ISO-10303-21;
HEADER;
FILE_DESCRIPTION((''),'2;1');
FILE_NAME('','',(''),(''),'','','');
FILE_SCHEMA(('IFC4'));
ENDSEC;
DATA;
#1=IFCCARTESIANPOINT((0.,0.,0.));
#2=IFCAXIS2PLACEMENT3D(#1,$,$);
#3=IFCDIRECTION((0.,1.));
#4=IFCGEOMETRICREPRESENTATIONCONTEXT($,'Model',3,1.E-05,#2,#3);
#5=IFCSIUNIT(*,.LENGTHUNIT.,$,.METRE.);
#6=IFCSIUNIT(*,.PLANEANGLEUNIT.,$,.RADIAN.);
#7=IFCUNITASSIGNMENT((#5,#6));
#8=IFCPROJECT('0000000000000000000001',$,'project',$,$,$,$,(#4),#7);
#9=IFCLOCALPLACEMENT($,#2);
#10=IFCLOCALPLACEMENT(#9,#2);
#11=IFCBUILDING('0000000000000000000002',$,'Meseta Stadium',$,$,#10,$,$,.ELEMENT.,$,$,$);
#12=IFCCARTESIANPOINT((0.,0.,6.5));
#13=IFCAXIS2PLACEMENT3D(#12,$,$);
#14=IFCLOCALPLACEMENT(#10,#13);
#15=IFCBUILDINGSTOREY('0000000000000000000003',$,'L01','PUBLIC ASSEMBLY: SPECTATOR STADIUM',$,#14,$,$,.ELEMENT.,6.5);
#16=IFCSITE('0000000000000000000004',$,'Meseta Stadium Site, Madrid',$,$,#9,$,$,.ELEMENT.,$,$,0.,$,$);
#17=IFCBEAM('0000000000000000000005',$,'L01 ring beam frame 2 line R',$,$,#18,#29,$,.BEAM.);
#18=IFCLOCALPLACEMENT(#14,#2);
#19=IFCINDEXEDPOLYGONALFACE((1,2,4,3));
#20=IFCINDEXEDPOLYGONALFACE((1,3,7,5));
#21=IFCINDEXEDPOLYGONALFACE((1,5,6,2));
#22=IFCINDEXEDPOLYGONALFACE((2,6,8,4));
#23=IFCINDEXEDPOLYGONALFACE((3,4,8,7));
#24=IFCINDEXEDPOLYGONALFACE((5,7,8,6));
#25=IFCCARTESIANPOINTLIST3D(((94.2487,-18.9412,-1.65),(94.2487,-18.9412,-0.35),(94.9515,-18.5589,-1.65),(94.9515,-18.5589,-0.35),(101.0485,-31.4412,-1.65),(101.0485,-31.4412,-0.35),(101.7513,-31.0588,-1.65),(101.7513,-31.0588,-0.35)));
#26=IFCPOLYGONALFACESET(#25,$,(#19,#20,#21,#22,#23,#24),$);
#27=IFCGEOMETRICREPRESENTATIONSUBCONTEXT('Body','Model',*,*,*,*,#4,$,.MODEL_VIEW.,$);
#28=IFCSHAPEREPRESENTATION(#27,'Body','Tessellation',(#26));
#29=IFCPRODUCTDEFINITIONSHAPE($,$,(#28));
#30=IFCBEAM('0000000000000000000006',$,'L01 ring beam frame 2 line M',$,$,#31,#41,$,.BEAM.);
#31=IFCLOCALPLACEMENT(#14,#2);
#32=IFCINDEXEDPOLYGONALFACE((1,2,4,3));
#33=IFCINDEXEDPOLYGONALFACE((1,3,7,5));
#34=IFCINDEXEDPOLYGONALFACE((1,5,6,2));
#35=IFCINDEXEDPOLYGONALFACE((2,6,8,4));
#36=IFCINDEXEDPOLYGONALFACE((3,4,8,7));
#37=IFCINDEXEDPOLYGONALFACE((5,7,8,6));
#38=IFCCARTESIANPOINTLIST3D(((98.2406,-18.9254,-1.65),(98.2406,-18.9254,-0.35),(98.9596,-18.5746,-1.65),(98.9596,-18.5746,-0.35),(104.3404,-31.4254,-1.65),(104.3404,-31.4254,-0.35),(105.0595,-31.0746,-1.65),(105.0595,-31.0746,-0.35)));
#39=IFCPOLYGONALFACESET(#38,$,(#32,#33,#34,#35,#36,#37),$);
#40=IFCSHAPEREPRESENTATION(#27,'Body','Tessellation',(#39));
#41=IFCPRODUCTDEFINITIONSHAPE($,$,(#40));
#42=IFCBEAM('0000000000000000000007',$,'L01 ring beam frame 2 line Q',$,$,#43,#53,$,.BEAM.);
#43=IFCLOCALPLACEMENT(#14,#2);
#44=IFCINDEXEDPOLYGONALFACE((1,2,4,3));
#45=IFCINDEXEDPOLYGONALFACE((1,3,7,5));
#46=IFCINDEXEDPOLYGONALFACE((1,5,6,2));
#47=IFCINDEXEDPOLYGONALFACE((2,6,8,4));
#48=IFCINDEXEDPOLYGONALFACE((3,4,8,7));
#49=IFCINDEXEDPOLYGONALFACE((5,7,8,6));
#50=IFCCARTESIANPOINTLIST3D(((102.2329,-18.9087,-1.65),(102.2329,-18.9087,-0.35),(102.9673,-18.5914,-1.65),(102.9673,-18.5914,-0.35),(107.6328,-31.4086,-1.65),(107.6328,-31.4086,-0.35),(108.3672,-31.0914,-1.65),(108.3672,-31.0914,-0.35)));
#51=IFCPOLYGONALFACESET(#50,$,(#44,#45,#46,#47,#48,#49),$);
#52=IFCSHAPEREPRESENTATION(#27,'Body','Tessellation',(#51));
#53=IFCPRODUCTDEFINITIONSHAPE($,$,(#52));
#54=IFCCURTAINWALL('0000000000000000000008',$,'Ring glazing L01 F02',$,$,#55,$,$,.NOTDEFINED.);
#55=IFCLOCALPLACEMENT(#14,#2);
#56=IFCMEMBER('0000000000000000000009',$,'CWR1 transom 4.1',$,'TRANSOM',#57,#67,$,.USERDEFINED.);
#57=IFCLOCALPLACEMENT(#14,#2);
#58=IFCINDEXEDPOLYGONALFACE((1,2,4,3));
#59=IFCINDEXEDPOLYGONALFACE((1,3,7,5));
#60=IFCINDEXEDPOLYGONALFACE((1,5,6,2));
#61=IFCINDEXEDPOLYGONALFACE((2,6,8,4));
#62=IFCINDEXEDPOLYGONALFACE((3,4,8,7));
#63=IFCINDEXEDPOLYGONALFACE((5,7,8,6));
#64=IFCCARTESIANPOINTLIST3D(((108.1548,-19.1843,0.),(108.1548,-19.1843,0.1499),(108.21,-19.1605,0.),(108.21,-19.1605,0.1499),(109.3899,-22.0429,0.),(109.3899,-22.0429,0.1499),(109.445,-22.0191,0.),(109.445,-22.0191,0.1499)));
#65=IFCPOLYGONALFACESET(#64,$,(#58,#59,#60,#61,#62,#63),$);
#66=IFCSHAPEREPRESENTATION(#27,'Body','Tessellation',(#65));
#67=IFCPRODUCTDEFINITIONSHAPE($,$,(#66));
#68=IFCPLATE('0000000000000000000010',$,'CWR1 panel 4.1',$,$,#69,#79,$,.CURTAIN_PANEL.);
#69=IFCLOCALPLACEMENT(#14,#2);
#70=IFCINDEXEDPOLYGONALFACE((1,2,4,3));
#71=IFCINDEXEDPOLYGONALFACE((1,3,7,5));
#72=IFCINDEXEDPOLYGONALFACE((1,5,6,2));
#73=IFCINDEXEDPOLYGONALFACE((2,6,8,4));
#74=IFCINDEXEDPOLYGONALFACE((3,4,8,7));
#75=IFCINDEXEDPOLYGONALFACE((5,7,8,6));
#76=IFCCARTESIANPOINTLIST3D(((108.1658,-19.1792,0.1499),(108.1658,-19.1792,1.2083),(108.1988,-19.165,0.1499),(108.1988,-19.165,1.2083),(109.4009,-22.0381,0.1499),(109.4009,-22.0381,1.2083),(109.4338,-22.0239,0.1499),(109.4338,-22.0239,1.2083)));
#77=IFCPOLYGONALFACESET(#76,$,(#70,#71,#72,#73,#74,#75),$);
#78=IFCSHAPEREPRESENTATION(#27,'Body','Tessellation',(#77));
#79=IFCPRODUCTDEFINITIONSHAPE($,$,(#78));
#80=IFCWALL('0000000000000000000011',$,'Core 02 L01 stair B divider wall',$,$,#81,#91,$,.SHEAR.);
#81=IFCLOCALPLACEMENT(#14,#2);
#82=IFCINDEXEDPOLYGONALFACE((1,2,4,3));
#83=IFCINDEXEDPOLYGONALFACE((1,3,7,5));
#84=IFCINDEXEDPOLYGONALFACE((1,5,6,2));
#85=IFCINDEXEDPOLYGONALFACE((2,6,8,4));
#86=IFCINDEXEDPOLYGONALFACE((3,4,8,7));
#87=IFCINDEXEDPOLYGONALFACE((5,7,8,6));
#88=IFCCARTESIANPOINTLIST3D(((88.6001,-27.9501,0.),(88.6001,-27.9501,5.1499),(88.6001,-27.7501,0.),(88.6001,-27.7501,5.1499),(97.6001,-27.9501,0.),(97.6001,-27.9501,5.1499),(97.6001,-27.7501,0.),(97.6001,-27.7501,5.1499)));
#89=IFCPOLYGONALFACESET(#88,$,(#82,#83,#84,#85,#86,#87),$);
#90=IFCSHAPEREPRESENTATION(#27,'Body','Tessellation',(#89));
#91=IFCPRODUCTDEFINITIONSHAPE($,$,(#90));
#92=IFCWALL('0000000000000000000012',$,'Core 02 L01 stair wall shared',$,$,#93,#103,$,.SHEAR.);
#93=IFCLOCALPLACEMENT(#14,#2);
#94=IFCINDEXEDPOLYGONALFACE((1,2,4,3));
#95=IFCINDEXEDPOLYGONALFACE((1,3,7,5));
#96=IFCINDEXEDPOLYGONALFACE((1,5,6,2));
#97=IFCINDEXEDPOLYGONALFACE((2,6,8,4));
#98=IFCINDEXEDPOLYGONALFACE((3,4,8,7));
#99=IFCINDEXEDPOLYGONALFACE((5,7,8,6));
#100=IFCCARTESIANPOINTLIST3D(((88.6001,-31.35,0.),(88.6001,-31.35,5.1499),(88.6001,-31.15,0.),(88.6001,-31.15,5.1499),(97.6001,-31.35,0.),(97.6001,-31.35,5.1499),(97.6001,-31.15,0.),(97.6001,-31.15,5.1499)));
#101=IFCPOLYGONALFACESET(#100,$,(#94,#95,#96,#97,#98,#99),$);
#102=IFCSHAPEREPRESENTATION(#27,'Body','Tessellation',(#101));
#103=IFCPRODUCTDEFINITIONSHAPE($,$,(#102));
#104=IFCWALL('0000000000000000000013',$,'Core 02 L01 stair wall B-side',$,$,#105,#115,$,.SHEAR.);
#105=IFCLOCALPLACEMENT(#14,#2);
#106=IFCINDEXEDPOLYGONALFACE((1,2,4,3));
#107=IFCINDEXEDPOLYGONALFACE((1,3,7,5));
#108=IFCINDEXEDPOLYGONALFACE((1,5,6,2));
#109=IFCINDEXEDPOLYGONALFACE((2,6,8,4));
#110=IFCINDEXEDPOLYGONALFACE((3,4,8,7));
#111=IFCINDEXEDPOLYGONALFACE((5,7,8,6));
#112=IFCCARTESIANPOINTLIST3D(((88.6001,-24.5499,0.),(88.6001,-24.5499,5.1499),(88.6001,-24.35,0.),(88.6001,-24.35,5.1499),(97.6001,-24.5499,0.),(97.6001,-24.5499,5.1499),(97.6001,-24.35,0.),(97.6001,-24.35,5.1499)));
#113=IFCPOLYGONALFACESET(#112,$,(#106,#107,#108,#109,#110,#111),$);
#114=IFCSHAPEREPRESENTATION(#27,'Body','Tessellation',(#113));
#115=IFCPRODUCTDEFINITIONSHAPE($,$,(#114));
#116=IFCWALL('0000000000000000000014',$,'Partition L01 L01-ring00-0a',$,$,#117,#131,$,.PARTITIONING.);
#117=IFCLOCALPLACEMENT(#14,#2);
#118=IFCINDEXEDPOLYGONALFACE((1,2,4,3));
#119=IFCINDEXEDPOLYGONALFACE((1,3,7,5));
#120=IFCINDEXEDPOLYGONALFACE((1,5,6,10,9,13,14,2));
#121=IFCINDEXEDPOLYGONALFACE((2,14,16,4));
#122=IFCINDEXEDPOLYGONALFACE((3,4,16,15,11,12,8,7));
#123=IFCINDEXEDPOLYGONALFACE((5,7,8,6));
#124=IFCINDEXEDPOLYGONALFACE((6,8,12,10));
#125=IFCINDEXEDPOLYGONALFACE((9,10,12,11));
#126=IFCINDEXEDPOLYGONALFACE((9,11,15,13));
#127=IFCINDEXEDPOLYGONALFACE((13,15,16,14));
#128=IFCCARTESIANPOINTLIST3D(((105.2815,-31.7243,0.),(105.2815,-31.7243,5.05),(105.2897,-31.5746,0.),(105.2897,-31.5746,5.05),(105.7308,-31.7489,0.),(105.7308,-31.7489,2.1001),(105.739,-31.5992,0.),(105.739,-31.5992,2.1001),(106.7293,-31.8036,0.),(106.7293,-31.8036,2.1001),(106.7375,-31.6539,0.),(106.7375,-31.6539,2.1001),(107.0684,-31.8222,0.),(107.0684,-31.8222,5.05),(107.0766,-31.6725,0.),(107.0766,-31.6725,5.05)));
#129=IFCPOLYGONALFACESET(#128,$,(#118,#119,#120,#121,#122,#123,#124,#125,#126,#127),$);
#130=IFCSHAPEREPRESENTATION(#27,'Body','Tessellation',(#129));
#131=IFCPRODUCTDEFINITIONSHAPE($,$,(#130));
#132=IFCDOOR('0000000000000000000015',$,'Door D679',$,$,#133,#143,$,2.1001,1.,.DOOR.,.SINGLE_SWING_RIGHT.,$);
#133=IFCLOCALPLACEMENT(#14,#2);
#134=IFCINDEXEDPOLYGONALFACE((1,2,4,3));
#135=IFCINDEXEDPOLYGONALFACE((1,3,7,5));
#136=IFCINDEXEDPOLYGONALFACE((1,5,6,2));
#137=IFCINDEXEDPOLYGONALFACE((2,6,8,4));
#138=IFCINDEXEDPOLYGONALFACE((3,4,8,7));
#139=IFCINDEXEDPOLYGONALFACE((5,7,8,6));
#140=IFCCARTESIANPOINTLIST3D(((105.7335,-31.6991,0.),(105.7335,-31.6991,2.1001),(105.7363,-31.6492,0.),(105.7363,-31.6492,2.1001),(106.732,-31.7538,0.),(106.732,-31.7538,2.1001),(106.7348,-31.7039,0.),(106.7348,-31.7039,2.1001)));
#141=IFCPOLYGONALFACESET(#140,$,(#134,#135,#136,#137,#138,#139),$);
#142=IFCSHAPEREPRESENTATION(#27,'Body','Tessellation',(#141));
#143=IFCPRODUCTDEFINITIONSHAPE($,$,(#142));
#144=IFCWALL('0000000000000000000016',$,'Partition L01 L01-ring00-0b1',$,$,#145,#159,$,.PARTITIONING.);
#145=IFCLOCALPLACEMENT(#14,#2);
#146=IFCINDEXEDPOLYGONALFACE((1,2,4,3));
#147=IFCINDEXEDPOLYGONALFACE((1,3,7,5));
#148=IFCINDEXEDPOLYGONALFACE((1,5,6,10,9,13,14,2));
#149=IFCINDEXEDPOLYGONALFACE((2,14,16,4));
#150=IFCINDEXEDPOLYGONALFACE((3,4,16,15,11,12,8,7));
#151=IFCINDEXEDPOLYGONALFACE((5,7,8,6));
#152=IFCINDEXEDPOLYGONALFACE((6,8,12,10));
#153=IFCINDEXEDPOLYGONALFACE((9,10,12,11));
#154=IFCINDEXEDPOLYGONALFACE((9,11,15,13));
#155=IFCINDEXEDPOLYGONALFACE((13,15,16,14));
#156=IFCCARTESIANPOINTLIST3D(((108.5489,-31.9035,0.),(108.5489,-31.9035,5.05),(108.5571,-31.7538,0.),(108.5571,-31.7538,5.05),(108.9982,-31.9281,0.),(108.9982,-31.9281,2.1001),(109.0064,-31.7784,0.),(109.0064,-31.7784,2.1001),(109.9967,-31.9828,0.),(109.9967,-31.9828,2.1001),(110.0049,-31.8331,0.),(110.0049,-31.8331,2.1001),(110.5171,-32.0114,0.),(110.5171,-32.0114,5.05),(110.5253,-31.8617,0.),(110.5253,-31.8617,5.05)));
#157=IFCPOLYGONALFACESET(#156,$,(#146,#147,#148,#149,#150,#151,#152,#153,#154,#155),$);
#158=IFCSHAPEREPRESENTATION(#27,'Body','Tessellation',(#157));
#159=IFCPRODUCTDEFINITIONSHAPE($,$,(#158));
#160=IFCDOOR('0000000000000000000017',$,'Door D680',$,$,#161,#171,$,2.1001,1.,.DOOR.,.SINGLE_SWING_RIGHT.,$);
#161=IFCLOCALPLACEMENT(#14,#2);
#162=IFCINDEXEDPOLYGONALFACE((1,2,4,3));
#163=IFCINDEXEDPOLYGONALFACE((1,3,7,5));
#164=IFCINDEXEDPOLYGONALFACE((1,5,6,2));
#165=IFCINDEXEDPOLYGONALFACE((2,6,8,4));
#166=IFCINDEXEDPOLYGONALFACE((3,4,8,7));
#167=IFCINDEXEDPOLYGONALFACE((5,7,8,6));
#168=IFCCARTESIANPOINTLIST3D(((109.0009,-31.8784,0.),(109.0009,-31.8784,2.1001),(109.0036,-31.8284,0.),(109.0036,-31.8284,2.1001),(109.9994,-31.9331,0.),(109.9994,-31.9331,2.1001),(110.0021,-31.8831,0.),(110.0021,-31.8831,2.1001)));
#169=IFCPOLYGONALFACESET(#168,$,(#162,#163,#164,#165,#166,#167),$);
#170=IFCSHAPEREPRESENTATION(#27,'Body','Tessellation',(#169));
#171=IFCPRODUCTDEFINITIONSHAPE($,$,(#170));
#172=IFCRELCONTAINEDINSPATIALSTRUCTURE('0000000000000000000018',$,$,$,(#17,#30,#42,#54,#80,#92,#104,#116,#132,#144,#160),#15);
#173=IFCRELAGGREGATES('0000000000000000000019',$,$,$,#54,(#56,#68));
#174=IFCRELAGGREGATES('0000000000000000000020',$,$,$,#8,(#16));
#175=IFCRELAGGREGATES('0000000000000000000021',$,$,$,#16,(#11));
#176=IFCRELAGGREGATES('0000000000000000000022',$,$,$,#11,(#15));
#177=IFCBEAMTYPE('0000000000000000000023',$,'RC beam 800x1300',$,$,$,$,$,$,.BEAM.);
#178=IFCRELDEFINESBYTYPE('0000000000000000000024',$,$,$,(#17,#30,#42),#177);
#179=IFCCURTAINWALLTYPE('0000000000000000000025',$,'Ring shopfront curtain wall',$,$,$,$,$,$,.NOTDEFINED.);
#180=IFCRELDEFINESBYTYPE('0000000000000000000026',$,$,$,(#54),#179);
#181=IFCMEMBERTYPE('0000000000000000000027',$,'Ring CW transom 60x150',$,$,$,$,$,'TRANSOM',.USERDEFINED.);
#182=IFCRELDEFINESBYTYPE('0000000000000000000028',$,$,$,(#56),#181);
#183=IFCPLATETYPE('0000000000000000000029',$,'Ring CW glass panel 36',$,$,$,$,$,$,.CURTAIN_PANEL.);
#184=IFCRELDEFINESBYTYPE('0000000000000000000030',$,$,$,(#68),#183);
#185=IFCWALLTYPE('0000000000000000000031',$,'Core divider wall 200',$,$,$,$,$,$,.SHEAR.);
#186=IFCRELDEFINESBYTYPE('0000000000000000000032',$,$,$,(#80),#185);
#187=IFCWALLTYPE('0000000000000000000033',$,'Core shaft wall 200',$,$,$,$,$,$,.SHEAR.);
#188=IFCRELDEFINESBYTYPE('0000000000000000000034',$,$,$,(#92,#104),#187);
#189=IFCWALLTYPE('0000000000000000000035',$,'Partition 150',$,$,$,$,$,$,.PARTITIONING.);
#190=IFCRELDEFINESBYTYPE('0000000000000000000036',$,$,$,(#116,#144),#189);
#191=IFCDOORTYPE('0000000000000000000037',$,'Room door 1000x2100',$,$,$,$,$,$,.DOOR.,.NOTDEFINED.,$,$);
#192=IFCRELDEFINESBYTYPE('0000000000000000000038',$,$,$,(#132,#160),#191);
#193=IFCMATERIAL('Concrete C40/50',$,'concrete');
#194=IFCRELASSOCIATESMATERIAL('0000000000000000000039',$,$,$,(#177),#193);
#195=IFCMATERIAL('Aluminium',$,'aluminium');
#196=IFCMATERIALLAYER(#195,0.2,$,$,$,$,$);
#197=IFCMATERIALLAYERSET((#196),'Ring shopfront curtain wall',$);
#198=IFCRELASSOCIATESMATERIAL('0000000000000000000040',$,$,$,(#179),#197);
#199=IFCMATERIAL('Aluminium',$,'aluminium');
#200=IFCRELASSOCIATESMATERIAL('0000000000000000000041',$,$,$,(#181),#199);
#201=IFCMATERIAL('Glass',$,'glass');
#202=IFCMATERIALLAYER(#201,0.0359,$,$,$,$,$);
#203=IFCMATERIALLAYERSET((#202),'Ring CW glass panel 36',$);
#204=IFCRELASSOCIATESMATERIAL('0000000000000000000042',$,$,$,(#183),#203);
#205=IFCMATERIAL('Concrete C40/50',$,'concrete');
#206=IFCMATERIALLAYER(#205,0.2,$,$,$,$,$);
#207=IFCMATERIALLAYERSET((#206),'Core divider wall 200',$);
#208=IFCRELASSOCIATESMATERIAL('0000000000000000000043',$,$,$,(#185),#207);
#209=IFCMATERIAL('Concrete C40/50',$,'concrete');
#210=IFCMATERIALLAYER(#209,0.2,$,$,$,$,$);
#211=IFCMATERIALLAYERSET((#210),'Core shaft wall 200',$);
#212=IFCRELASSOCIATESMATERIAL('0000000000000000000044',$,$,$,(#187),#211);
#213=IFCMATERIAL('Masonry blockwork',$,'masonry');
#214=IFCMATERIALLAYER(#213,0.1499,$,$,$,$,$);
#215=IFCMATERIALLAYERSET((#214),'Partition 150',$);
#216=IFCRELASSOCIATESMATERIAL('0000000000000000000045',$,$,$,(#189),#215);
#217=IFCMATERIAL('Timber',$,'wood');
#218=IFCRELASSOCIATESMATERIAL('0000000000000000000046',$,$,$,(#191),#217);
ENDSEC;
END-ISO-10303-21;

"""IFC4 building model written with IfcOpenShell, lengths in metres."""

from ifc_helpers import new_model, si_unit, direction, frame, frame_2d, origin, origin_2d, place, context, subcontext, project, spatial, rectangle, extrude, material, layer, layer_set, material_profile, profile_set, type_object, element, fill, aggregate, save


model = new_model("IFC4")

# Units and contexts
model_context = context("Model", 3, precision=1e-05, world=origin(), true_north=direction((0.0, 1.0)))
body_context = subcontext(model_context, "Body", "Model", "MODEL_VIEW")
ifc_project = project(units=[si_unit("LENGTHUNIT", "METRE"), si_unit("PLANEANGLEUNIT", "RADIAN")], contexts=[model_context])

# Site, building, storey
site_placement = place(None, origin())
site = spatial("IfcSite", under=ifc_project, at=site_placement, Name="Meseta Stadium Site, Madrid", CompositionType="ELEMENT", RefElevation=0.0)
building_placement = place(site_placement, origin())
building = spatial("IfcBuilding", under=site, at=building_placement, Name="Meseta Stadium", CompositionType="ELEMENT")
storey_placement = place(building_placement, frame((0.0, 0.0, 6.5)))
storey = spatial("IfcBuildingStorey", under=building, at=storey_placement, Name="L01", Description="PUBLIC ASSEMBLY: SPECTATOR STADIUM", CompositionType="ELEMENT", Elevation=6.5)

# Beams
ifc_material_1 = material(Name="Concrete C40/50", Category="concrete")
ifc_material_profile_1 = material_profile(ifc_material_1, rectangle(XDim=0.8, YDim=1.3, at=origin_2d()), Name="RC 800x1300")
ifc_profile_set_1 = profile_set([ifc_material_profile_1], Name="Concrete C40/50")
beam_type_1 = type_object("IfcBeamType", Name="RC beam 800x1300", PredefinedType="BEAM", material=ifc_profile_set_1)
beam_1_placement = place(storey_placement, frame((101.3999, -31.25, -1.0), z_axis=(-0.477856, 0.878438, 0.0), x_axis=(-0.878438, -0.477856, 0.0)))
element("IfcBeam", 1, at=beam_1_placement, inside=storey, type_object=beam_type_1, Name="L01 ring beam frame 2 line R", PredefinedType="BEAM", context=body_context, shape_type="SweptSolid", body=[
    extrude(rectangle(XDim=0.8, YDim=1.3, at=origin_2d()), origin(), (0.0, 0.0, 1.0), 14.2297),
])
beam_2_placement = place(storey_placement, frame((104.7, -31.25, -1.0), z_axis=(-0.438557, 0.898703, 0.0), x_axis=(-0.898703, -0.438557, 0.0)))
element("IfcBeam", 2, at=beam_2_placement, inside=storey, type_object=beam_type_1, Name="L01 ring beam frame 2 line M", PredefinedType="BEAM", context=body_context, shape_type="SweptSolid", body=[
    extrude(rectangle(XDim=0.8, YDim=1.3, at=origin_2d()), origin(), (0.0, 0.0, 1.0), 13.9089),
])
beam_3_placement = place(storey_placement, frame((108.0, -31.25, -1.0), z_axis=(-0.396571, 0.918004, 0.0), x_axis=(-0.918004, -0.396571, 0.0)))
element("IfcBeam", 3, at=beam_3_placement, inside=storey, type_object=beam_type_1, Name="L01 ring beam frame 2 line Q", PredefinedType="BEAM", context=body_context, shape_type="SweptSolid", body=[
    extrude(rectangle(XDim=0.8, YDim=1.3, at=origin_2d()), origin(), (0.0, 0.0, 1.0), 13.6165),
])

# Curtain wall, member, plate
ifc_material_2 = material(Name="Aluminium", Category="aluminium")
ifc_layer_1 = layer(ifc_material_2, 0.2)
ifc_layer_set_1 = layer_set([ifc_layer_1], Name="Ring shopfront curtain wall")
curtain_wall_type = type_object("IfcCurtainWallType", Name="Ring shopfront curtain wall", PredefinedType="NOTDEFINED", material=ifc_layer_set_1)
curtain_wall_placement = place(storey_placement, origin())
curtain_wall = element("IfcCurtainWall", 4, at=curtain_wall_placement, inside=storey, type_object=curtain_wall_type, Name="Ring glazing L01 F02", PredefinedType="NOTDEFINED")
ifc_material_3 = material(Name="Aluminium", Category="aluminium")
ifc_material_profile_2 = material_profile(ifc_material_3, rectangle(XDim=0.0601, YDim=0.1499, at=origin_2d()), Name="CW 60x150")
ifc_profile_set_2 = profile_set([ifc_material_profile_2], Name="Aluminium")
member_type = type_object("IfcMemberType", Name="Ring CW transom 60x150", ElementType="TRANSOM", PredefinedType="USERDEFINED", material=ifc_profile_set_2)
member_placement = place(storey_placement, frame((109.4175, -22.031, 0.075), z_axis=(-0.396624, 0.917981, 0.0), x_axis=(-0.917981, -0.396624, 0.0)))
member = element("IfcMember", 5, at=member_placement, type_object=member_type, Name="CWR1 transom 4.1", ObjectType="TRANSOM", PredefinedType="USERDEFINED", context=body_context, shape_type="SweptSolid", body=[
    extrude(rectangle(XDim=0.0601, YDim=0.1499, at=origin_2d()), origin(), (0.0, 0.0, 1.0), 3.114),
])
ifc_material_4 = material(Name="Glass", Category="glass")
ifc_layer_2 = layer(ifc_material_4, 0.0359)
ifc_layer_set_2 = layer_set([ifc_layer_2], Name="Ring CW glass panel 36")
plate_type = type_object("IfcPlateType", Name="Ring CW glass panel 36", PredefinedType="CURTAIN_PANEL", material=ifc_layer_set_2)
plate_placement = place(storey_placement, frame((108.7998, -20.6016, 0.1499), z_axis=(0.0, 0.0, 1.0), x_axis=(-0.396581, 0.918, 0.0)))
plate = element("IfcPlate", 6, at=plate_placement, type_object=plate_type, Name="CWR1 panel 4.1", PredefinedType="CURTAIN_PANEL", context=body_context, shape_type="SweptSolid", body=[
    extrude(rectangle(XDim=3.1143, YDim=0.0359, at=origin_2d()), origin(), (0.0, 0.0, 1.0), 1.0583),
])
aggregate(curtain_wall, [member, plate])

# Walls
ifc_material_5 = material(Name="Concrete C40/50", Category="concrete")
ifc_layer_3 = layer(ifc_material_5, 0.2)
ifc_layer_set_3 = layer_set([ifc_layer_3], Name="Core divider wall 200")
wall_type_1 = type_object("IfcWallType", Name="Core divider wall 200", PredefinedType="SHEAR", material=ifc_layer_set_3)
wall_1_placement = place(storey_placement, frame((97.6001, -27.8501, 0.0), z_axis=(0.0, 0.0, 1.0), x_axis=(-1.0, 0.0, 0.0)))
element("IfcWall", 7, at=wall_1_placement, inside=storey, type_object=wall_type_1, Name="Core 02 L01 stair B divider wall", PredefinedType="SHEAR", context=body_context, shape_type="SweptSolid", body=[
    extrude(rectangle(XDim=9.0, YDim=0.2, at=frame_2d((4.5, 0.0))), origin(), (0.0, 0.0, 1.0), 5.1499),
])
ifc_material_6 = material(Name="Concrete C40/50", Category="concrete")
ifc_layer_4 = layer(ifc_material_6, 0.2)
ifc_layer_set_4 = layer_set([ifc_layer_4], Name="Core shaft wall 200")
wall_type_2 = type_object("IfcWallType", Name="Core shaft wall 200", PredefinedType="SHEAR", material=ifc_layer_set_4)
for number, where, z_axis, x_axis, name in (
    (8, (97.6001, -31.25, 0.0), (0.0, 0.0, 1.0), (-1.0, 0.0, 0.0), "Core 02 L01 stair wall shared"),
    (9, (97.6001, -24.45, 0.0), (0.0, 0.0, 1.0), (-1.0, 0.0, 0.0), "Core 02 L01 stair wall B-side"),
):
    element("IfcWall", number, at=place(storey_placement, frame(where, z_axis=z_axis, x_axis=x_axis)), inside=storey, type_object=wall_type_2, Name=name, PredefinedType="SHEAR", context=body_context, shape_type="SweptSolid", body=[
        extrude(rectangle(XDim=9.0, YDim=0.2, at=frame_2d((4.5, 0.0))), origin(), (0.0, 0.0, 1.0), 5.1499),
    ])

# Walls, openings, doors
ifc_material_7 = material(Name="Masonry blockwork", Category="masonry")
ifc_layer_5 = layer(ifc_material_7, 0.1499)
ifc_layer_set_5 = layer_set([ifc_layer_5], Name="Partition 150")
wall_type_3 = type_object("IfcWallType", Name="Partition 150", PredefinedType="PARTITIONING", material=ifc_layer_set_5)
wall_2_placement = place(storey_placement, frame((105.2856, -31.6494, 0.0), z_axis=(0.0, 0.0, 1.0), x_axis=(0.998502, -0.054707, 0.0)))
wall_2 = element("IfcWall", 10, at=wall_2_placement, inside=storey, type_object=wall_type_3, Name="Partition L01 L01-ring00-0a", PredefinedType="PARTITIONING", context=body_context, shape_type="SweptSolid", body=[
    extrude(rectangle(XDim=1.7896, YDim=0.1499, at=frame_2d((0.8948, 0.0))), origin(), (0.0, 0.0, 1.0), 5.05),
])
opening_1_placement = place(wall_2_placement, frame((0.45, 0.0, 0.0)))
opening_1 = element("IfcOpeningElement", 11, at=opening_1_placement, cuts=wall_2, PredefinedType="OPENING", context=body_context, shape_type="SweptSolid", body=[
    extrude(rectangle(XDim=1.0, YDim=2.1001, at=frame_2d((0.5, 1.05))), frame((0.0, 0.085, 0.0), z_axis=(0.0, -1.0, 0.0), x_axis=(1.0, 0.0, 0.0)), (0.0, 0.0, 1.0), 0.1699),
])
ifc_material_8 = material(Name="Timber", Category="wood")
door_type_1 = type_object("IfcDoorType", Name="Room door 1000x2100", OperationType="NOTDEFINED", PredefinedType="DOOR", material=ifc_material_8)
door_1_placement = place(opening_1_placement, origin())
door_1 = element("IfcDoor", 12, at=door_1_placement, inside=storey, type_object=door_type_1, Name="Door D679", OperationType="SINGLE_SWING_RIGHT", OverallHeight=2.1001, OverallWidth=1.0, PredefinedType="DOOR", context=body_context, shape_type="SweptSolid", body=[
    extrude(rectangle(XDim=1.0, YDim=2.1001, at=frame_2d((0.5, 1.05))), frame((0.0, 0.0249, 0.0), z_axis=(0.0, -1.0, 0.0), x_axis=(1.0, 0.0, 0.0)), (0.0, 0.0, 1.0), 0.05),
])
fill(opening_1, door_1)
wall_3_placement = place(storey_placement, frame((108.553, -31.8286, 0.0), z_axis=(0.0, 0.0, 1.0), x_axis=(0.9985, -0.054743, 0.0)))
wall_3 = element("IfcWall", 13, at=wall_3_placement, inside=storey, type_object=wall_type_3, Name="Partition L01 L01-ring00-0b1", PredefinedType="PARTITIONING", context=body_context, shape_type="SweptSolid", body=[
    extrude(rectangle(XDim=1.9712, YDim=0.1499, at=frame_2d((0.9856, 0.0))), origin(), (0.0, 0.0, 1.0), 5.05),
])
opening_2_placement = place(wall_3_placement, frame((0.45, 0.0, 0.0)))
opening_2 = element("IfcOpeningElement", 14, at=opening_2_placement, cuts=wall_3, PredefinedType="OPENING", context=body_context, shape_type="SweptSolid", body=[
    extrude(rectangle(XDim=1.0, YDim=2.1001, at=frame_2d((0.5, 1.05))), frame((0.0, 0.085, 0.0), z_axis=(0.0, -1.0, 0.0), x_axis=(1.0, 0.0, 0.0)), (0.0, 0.0, 1.0), 0.1699),
])
door_2_placement = place(opening_2_placement, origin())
door_2 = element("IfcDoor", 15, at=door_2_placement, inside=storey, type_object=door_type_1, Name="Door D680", OperationType="SINGLE_SWING_RIGHT", OverallHeight=2.1001, OverallWidth=1.0, PredefinedType="DOOR", context=body_context, shape_type="SweptSolid", body=[
    extrude(rectangle(XDim=1.0, YDim=2.1001, at=frame_2d((0.5, 1.05))), frame((0.0, 0.0249, 0.0), z_axis=(0.0, -1.0, 0.0), x_axis=(1.0, 0.0, 0.0)), (0.0, 0.0, 1.0), 0.05),
])
fill(opening_2, door_2)

save(model, "model.ifc")
